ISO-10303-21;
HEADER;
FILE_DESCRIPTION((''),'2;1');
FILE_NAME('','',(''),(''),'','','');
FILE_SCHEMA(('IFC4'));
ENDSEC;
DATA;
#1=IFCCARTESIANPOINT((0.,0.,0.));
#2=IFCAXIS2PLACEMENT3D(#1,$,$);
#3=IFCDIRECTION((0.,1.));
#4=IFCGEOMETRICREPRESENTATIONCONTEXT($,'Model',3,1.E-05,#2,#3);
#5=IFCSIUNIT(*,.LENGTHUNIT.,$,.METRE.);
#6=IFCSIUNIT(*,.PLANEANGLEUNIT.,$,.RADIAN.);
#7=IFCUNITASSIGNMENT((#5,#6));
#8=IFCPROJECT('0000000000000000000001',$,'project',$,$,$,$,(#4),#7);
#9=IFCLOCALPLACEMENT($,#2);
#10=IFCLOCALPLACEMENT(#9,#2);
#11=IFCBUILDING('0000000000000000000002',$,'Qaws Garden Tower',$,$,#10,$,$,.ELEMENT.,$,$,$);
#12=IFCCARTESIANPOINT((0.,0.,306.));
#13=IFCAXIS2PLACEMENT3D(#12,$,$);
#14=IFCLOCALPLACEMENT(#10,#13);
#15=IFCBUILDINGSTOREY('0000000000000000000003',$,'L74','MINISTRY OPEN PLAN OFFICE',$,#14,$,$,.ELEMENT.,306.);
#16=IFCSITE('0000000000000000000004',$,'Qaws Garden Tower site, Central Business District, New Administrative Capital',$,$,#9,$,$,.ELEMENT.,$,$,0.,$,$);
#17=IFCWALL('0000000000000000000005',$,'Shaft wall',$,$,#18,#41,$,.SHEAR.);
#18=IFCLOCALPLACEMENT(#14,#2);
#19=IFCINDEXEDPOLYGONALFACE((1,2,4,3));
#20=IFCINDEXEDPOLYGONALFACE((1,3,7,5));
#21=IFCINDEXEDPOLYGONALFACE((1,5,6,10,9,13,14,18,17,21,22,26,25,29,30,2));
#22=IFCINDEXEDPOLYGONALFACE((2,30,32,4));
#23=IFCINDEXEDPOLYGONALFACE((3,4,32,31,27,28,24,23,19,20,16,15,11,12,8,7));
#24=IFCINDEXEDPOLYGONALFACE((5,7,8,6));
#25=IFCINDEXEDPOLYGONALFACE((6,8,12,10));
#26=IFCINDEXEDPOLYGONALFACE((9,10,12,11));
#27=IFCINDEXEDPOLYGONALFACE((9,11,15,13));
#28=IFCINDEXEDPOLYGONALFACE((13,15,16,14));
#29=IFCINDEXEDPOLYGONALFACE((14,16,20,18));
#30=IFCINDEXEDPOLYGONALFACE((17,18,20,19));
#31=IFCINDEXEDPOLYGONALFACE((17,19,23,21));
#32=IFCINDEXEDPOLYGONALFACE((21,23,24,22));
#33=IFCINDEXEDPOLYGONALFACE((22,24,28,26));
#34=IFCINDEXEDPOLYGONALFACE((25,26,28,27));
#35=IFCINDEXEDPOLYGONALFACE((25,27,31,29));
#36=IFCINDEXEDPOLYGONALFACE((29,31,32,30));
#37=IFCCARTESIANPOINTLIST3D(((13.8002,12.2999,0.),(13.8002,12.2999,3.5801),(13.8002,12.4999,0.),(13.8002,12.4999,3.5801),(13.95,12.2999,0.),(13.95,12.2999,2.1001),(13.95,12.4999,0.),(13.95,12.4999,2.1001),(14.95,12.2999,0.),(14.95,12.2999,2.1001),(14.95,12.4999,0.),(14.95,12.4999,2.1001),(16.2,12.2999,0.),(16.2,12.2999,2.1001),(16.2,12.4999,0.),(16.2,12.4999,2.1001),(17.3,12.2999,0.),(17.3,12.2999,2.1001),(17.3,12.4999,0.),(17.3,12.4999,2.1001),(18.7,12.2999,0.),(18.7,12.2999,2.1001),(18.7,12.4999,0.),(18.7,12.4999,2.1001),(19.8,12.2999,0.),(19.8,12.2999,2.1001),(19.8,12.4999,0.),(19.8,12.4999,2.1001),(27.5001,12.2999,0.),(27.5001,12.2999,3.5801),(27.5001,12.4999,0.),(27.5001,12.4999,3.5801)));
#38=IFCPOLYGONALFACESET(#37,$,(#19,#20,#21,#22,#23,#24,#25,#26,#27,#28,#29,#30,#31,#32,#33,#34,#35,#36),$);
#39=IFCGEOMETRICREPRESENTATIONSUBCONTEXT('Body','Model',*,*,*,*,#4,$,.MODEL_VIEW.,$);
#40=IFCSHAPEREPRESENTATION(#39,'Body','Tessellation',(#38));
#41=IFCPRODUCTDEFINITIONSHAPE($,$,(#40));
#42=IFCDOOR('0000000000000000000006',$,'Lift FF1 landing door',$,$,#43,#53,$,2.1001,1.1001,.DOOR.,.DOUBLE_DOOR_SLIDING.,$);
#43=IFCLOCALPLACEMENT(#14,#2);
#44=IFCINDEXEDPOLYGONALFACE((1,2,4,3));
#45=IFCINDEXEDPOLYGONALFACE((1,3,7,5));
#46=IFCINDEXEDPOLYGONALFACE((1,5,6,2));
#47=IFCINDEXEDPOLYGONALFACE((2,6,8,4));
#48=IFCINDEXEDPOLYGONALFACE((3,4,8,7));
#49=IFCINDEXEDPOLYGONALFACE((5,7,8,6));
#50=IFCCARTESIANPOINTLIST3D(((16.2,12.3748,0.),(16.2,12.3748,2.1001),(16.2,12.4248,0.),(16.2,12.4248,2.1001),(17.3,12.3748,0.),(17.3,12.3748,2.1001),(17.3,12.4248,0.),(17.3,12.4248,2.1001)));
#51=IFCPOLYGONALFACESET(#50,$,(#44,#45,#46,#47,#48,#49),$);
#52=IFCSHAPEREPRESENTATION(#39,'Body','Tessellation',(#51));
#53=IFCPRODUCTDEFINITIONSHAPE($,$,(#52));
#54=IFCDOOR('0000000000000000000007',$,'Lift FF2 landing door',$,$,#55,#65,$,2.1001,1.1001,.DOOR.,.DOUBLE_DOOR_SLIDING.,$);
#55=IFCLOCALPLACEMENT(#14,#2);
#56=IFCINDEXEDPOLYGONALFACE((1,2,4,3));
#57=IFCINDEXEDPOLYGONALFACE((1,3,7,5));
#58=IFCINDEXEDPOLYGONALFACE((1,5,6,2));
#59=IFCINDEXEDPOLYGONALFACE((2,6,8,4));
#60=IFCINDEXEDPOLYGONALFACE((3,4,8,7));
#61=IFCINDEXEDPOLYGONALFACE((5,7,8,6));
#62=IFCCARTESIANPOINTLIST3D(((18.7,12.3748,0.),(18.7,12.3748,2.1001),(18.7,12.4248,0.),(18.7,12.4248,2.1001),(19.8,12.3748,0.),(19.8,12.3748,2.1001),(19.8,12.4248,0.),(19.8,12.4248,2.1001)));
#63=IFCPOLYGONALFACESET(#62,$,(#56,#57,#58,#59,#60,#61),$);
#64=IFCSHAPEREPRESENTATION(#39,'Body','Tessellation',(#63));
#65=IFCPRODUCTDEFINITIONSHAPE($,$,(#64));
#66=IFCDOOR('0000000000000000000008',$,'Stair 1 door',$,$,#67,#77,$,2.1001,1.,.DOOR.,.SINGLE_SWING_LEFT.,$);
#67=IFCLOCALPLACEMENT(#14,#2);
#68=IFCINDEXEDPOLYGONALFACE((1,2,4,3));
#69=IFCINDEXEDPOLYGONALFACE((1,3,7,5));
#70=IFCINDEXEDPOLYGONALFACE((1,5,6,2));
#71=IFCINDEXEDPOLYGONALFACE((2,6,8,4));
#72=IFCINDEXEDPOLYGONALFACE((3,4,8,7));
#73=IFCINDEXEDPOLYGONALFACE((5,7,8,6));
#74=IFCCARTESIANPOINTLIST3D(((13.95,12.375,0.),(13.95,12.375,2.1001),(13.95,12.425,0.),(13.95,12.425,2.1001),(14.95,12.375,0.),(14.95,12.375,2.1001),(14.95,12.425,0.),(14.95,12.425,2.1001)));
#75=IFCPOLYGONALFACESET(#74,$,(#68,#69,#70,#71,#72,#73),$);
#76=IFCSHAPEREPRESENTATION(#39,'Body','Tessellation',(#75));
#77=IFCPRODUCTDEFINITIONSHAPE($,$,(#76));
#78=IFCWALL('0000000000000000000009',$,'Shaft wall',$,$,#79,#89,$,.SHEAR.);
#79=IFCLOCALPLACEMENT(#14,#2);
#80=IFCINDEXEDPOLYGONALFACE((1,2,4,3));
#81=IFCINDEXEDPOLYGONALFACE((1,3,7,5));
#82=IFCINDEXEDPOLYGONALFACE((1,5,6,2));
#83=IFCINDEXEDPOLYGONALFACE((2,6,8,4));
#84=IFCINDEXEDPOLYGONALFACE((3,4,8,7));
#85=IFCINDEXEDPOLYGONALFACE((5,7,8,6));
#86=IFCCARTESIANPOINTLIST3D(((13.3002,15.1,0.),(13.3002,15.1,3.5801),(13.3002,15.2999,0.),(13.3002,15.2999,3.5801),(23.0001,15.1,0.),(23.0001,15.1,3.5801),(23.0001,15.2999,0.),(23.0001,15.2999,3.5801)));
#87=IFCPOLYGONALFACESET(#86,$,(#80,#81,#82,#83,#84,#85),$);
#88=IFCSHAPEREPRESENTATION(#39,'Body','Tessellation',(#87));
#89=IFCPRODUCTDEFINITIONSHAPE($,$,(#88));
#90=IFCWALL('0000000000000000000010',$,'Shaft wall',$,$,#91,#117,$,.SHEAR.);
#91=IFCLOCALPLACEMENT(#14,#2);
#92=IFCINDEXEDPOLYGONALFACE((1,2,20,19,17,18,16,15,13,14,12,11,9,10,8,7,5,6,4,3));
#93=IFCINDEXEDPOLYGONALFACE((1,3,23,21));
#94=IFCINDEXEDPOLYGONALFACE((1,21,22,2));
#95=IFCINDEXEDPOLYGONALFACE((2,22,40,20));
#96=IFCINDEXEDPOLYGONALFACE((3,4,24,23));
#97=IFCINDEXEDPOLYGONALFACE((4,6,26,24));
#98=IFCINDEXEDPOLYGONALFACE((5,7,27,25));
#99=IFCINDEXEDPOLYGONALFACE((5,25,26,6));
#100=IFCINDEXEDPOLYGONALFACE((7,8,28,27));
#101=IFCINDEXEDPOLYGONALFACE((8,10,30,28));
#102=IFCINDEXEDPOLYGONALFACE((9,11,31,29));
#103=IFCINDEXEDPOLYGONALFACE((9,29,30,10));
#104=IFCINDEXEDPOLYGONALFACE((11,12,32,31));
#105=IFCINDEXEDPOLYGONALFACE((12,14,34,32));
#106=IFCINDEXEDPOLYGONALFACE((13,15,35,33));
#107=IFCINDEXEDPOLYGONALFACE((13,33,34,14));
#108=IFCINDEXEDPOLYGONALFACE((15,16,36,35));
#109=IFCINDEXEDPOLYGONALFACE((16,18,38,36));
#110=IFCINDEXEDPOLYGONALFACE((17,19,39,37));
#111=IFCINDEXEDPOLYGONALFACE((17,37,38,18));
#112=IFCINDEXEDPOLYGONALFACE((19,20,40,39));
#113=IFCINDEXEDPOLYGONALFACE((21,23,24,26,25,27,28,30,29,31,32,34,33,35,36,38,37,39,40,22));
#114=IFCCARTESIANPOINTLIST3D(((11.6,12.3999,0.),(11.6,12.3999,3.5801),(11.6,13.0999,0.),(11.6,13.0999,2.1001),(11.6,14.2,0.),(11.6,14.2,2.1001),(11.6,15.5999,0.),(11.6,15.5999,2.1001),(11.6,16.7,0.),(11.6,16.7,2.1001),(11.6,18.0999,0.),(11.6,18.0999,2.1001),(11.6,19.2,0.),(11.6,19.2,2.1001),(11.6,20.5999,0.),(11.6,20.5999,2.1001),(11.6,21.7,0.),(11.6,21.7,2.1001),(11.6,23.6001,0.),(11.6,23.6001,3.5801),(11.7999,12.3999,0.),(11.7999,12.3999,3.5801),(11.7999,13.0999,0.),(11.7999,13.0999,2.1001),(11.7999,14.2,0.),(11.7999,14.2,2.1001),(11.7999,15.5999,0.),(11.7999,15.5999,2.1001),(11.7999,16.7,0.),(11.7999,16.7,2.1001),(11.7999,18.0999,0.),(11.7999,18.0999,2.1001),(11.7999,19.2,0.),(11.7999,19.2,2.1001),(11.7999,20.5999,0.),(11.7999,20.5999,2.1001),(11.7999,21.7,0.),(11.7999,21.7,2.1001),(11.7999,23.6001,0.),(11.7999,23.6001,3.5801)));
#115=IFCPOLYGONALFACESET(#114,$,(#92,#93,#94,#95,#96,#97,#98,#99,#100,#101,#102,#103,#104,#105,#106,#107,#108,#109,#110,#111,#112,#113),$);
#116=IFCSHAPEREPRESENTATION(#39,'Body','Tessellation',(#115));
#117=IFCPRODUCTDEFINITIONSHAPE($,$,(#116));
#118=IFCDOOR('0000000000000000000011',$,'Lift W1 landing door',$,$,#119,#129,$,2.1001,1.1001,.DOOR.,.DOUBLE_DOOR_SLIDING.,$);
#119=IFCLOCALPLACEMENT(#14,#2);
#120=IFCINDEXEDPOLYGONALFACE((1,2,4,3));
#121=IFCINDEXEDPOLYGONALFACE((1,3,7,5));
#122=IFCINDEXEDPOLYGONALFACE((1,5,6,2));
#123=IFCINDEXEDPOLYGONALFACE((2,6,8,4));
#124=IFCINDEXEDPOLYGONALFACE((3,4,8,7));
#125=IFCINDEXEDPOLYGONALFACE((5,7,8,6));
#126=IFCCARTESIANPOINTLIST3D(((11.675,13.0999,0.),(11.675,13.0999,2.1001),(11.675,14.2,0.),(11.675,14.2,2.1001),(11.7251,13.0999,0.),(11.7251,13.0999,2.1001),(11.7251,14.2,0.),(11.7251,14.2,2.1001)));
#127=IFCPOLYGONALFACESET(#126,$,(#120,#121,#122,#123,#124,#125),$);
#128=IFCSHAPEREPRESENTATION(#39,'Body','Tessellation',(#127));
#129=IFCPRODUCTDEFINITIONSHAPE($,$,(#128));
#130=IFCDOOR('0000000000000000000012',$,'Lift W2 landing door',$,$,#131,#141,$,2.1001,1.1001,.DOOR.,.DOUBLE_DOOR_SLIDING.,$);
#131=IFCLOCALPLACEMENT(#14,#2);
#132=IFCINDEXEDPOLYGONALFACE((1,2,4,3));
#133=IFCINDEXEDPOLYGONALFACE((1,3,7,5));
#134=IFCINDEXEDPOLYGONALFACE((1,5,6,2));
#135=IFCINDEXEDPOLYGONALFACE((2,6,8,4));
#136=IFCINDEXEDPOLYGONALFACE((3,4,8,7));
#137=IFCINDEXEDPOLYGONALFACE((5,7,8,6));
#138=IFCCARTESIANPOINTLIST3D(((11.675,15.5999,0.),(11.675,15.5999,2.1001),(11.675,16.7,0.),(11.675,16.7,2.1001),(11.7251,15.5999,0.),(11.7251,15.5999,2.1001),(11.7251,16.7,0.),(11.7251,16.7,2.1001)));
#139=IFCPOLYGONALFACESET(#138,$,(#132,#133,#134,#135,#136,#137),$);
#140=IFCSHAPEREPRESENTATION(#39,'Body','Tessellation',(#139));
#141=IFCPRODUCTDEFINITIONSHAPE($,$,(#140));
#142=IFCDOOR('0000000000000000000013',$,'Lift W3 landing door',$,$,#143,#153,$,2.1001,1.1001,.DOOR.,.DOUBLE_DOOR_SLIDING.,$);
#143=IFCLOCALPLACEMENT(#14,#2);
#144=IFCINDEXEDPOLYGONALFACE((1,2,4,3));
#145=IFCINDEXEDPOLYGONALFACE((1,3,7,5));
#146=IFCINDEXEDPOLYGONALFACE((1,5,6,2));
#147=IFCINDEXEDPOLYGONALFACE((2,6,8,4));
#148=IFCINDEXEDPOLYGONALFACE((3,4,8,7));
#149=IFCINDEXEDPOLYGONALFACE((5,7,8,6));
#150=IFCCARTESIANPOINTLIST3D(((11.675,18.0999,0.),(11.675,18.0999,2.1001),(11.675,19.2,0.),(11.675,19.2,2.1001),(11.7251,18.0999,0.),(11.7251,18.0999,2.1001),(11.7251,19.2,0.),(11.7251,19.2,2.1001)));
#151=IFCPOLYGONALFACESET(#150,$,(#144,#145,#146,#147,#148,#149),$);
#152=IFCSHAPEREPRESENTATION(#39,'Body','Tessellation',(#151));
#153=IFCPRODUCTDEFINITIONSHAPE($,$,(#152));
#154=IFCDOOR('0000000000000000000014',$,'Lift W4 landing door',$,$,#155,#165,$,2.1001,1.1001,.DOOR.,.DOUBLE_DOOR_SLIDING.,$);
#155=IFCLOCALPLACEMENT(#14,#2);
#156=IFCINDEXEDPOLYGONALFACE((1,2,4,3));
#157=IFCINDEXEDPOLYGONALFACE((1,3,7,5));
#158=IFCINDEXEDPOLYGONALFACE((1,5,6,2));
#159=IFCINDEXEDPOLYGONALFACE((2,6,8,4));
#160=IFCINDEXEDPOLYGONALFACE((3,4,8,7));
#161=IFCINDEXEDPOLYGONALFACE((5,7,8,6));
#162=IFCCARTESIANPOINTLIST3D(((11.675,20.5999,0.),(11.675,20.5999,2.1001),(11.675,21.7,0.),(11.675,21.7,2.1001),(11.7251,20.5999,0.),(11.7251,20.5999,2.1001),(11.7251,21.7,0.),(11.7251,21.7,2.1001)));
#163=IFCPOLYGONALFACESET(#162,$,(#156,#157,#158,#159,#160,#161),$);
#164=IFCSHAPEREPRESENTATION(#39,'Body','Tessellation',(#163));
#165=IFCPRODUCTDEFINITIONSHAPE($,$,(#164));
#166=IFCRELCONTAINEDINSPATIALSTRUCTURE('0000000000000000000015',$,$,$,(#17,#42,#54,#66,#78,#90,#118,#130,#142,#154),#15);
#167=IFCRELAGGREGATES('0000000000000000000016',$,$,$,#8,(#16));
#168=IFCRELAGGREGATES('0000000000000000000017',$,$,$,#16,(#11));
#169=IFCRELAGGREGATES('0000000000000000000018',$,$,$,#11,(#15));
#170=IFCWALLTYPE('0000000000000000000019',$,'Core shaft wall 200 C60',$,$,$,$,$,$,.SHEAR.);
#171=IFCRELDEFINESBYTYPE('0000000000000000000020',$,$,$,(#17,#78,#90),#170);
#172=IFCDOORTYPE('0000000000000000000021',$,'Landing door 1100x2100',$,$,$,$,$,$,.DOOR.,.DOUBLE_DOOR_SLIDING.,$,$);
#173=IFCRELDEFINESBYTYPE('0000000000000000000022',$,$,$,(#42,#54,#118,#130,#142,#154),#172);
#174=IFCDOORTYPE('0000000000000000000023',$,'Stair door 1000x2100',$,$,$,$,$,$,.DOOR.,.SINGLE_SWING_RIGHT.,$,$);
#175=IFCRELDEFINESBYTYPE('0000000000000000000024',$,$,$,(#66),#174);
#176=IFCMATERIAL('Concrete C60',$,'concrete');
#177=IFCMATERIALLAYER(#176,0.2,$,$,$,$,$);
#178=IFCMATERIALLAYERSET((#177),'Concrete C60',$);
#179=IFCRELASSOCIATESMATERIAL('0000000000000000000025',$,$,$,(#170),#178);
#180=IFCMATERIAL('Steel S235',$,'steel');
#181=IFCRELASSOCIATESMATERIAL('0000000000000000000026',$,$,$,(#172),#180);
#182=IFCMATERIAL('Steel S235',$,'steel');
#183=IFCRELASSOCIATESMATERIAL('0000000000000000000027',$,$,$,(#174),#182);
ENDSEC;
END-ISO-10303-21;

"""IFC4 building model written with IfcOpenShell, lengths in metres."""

from ifc_helpers import new_model, si_unit, direction, frame, frame_2d, origin, place, context, subcontext, project, spatial, rectangle, extrude, material, layer, layer_set, type_object, element, fill, save


model = new_model("IFC4")

# Units and contexts
model_context = context("Model", 3, precision=1e-05, world=origin(), true_north=direction((0.0, 1.0)))
body_context = subcontext(model_context, "Body", "Model", "MODEL_VIEW")
ifc_project = project(units=[si_unit("LENGTHUNIT", "METRE"), si_unit("PLANEANGLEUNIT", "RADIAN")], contexts=[model_context])

# Site, building, storey
site_placement = place(None, origin())
site = spatial("IfcSite", under=ifc_project, at=site_placement, Name="Qaws Garden Tower site, Central Business District, New Administrative Capital", CompositionType="ELEMENT", RefElevation=0.0)
building_placement = place(site_placement, origin())
building = spatial("IfcBuilding", under=site, at=building_placement, Name="Qaws Garden Tower", CompositionType="ELEMENT")
storey_placement = place(building_placement, frame((0.0, 0.0, 306.0)))
storey = spatial("IfcBuildingStorey", under=building, at=storey_placement, Name="L74", Description="MINISTRY OPEN PLAN OFFICE", CompositionType="ELEMENT", Elevation=306.0)

# Wall, openings, doors
ifc_material_1 = material(Name="Concrete C60", Category="concrete")
ifc_layer_1 = layer(ifc_material_1, 0.2)
ifc_layer_set_1 = layer_set([ifc_layer_1], Name="Concrete C60")
wall_type_1 = type_object("IfcWallType", Name="Core shaft wall 200 C60", PredefinedType="SHEAR", material=ifc_layer_set_1)
wall_1_placement = place(storey_placement, frame((13.8, 12.3999, 0.0), z_axis=(0.0, 0.0, 1.0), x_axis=(1.0, 0.0, 0.0)))
wall_1 = element("IfcWall", 1, at=wall_1_placement, inside=storey, type_object=wall_type_1, Name="Shaft wall", PredefinedType="SHEAR", context=body_context, shape_type="SweptSolid", body=[
    extrude(rectangle(XDim=13.7, YDim=0.2, at=frame_2d((6.8501, 0.0))), origin(), (0.0, 0.0, 1.0), 3.5801),
])
opening_1_placement = place(wall_1_placement, frame((2.3999, 0.0, 0.0)))
opening_1 = element("IfcOpeningElement", 2, at=opening_1_placement, cuts=wall_1, PredefinedType="OPENING", context=body_context, shape_type="SweptSolid", body=[
    extrude(rectangle(XDim=1.1001, YDim=2.1001, at=frame_2d((0.55, 1.05))), frame((0.0, 0.1099, 0.0), z_axis=(0.0, -1.0, 0.0), x_axis=(1.0, 0.0, 0.0)), (0.0, 0.0, 1.0), 0.22),
])
opening_2_placement = place(wall_1_placement, frame((4.8999, 0.0, 0.0)))
opening_2 = element("IfcOpeningElement", 3, at=opening_2_placement, cuts=wall_1, PredefinedType="OPENING", context=body_context, shape_type="SweptSolid", body=[
    extrude(rectangle(XDim=1.1001, YDim=2.1001, at=frame_2d((0.55, 1.05))), frame((0.0, 0.1099, 0.0), z_axis=(0.0, -1.0, 0.0), x_axis=(1.0, 0.0, 0.0)), (0.0, 0.0, 1.0), 0.22),
])
opening_3_placement = place(wall_1_placement, frame((0.1499, 0.0, 0.0)))
opening_3 = element("IfcOpeningElement", 4, at=opening_3_placement, cuts=wall_1, PredefinedType="OPENING", context=body_context, shape_type="SweptSolid", body=[
    extrude(rectangle(XDim=1.0, YDim=2.1001, at=frame_2d((0.5, 1.05))), frame((0.0, 0.1099, 0.0), z_axis=(0.0, -1.0, 0.0), x_axis=(1.0, 0.0, 0.0)), (0.0, 0.0, 1.0), 0.22),
])
ifc_material_2 = material(Name="Steel S235", Category="steel")
door_type_1 = type_object("IfcDoorType", Name="Landing door 1100x2100", OperationType="DOUBLE_DOOR_SLIDING", PredefinedType="DOOR", material=ifc_material_2)
door_1_placement = place(opening_1_placement, origin())
door_1 = element("IfcDoor", 5, at=door_1_placement, inside=storey, type_object=door_type_1, Name="Lift FF1 landing door", OperationType="DOUBLE_DOOR_SLIDING", OverallHeight=2.1001, OverallWidth=1.1001, PredefinedType="DOOR", context=body_context, shape_type="SweptSolid", body=[
    extrude(rectangle(XDim=1.1001, YDim=2.1001, at=frame_2d((0.55, 1.05))), frame((0.0, 0.0249, 0.0), z_axis=(0.0, -1.0, 0.0), x_axis=(1.0, 0.0, 0.0)), (0.0, 0.0, 1.0), 0.05),
])
fill(opening_1, door_1)
door_2_placement = place(opening_2_placement, origin())
door_2 = element("IfcDoor", 6, at=door_2_placement, inside=storey, type_object=door_type_1, Name="Lift FF2 landing door", OperationType="DOUBLE_DOOR_SLIDING", OverallHeight=2.1001, OverallWidth=1.1001, PredefinedType="DOOR", context=body_context, shape_type="SweptSolid", body=[
    extrude(rectangle(XDim=1.1001, YDim=2.1001, at=frame_2d((0.55, 1.05))), frame((0.0, 0.0249, 0.0), z_axis=(0.0, -1.0, 0.0), x_axis=(1.0, 0.0, 0.0)), (0.0, 0.0, 1.0), 0.05),
])
fill(opening_2, door_2)
ifc_material_3 = material(Name="Steel S235", Category="steel")
door_type_2 = type_object("IfcDoorType", Name="Stair door 1000x2100", OperationType="SINGLE_SWING_RIGHT", PredefinedType="DOOR", material=ifc_material_3)
door_3_placement = place(opening_3_placement, frame((1.0, 0.0, 0.0), z_axis=(0.0, 0.0, 1.0), x_axis=(-1.0, 0.0, 0.0)))
door_3 = element("IfcDoor", 7, at=door_3_placement, inside=storey, type_object=door_type_2, Name="Stair 1 door", OperationType="SINGLE_SWING_LEFT", OverallHeight=2.1001, OverallWidth=1.0, PredefinedType="DOOR", context=body_context, shape_type="SweptSolid", body=[
    extrude(rectangle(XDim=1.0, YDim=2.1001, at=frame_2d((0.5, 1.05))), frame((0.0, 0.0249, 0.0), z_axis=(0.0, -1.0, 0.0), x_axis=(1.0, 0.0, 0.0)), (0.0, 0.0, 1.0), 0.05),
])
fill(opening_3, door_3)

# Wall
wall_2_placement = place(storey_placement, frame((13.3, 15.2, 0.0), z_axis=(0.0, 0.0, 1.0), x_axis=(1.0, 0.0, 0.0)))
element("IfcWall", 8, at=wall_2_placement, inside=storey, type_object=wall_type_1, Name="Shaft wall", PredefinedType="SHEAR", context=body_context, shape_type="SweptSolid", body=[
    extrude(rectangle(XDim=9.7, YDim=0.2, at=frame_2d((4.8501, 0.0))), origin(), (0.0, 0.0, 1.0), 3.5801),
])

# Wall, openings, doors
wall_3_placement = place(storey_placement, frame((11.7, 12.3999, 0.0), z_axis=(0.0, 0.0, 1.0), x_axis=(0.0, 1.0, 0.0)))
wall_3 = element("IfcWall", 9, at=wall_3_placement, inside=storey, type_object=wall_type_1, Name="Shaft wall", PredefinedType="SHEAR", context=body_context, shape_type="SweptSolid", body=[
    extrude(rectangle(XDim=11.2002, YDim=0.2, at=frame_2d((5.6001, 0.0))), origin(), (0.0, 0.0, 1.0), 3.5801),
])
opening_4_placement = place(wall_3_placement, frame((0.7, 0.0, 0.0)))
opening_4 = element("IfcOpeningElement", 10, at=opening_4_placement, cuts=wall_3, PredefinedType="OPENING", context=body_context, shape_type="SweptSolid", body=[
    extrude(rectangle(XDim=1.1001, YDim=2.1001, at=frame_2d((0.55, 1.05))), frame((0.0, 0.1099, 0.0), z_axis=(0.0, -1.0, 0.0), x_axis=(1.0, 0.0, 0.0)), (0.0, 0.0, 1.0), 0.22),
])
opening_5_placement = place(wall_3_placement, frame((3.2, 0.0, 0.0)))
opening_5 = element("IfcOpeningElement", 11, at=opening_5_placement, cuts=wall_3, PredefinedType="OPENING", context=body_context, shape_type="SweptSolid", body=[
    extrude(rectangle(XDim=1.1001, YDim=2.1001, at=frame_2d((0.55, 1.05))), frame((0.0, 0.1099, 0.0), z_axis=(0.0, -1.0, 0.0), x_axis=(1.0, 0.0, 0.0)), (0.0, 0.0, 1.0), 0.22),
])
opening_6_placement = place(wall_3_placement, frame((5.7, 0.0, 0.0)))
opening_6 = element("IfcOpeningElement", 12, at=opening_6_placement, cuts=wall_3, PredefinedType="OPENING", context=body_context, shape_type="SweptSolid", body=[
    extrude(rectangle(XDim=1.1001, YDim=2.1001, at=frame_2d((0.55, 1.05))), frame((0.0, 0.1099, 0.0), z_axis=(0.0, -1.0, 0.0), x_axis=(1.0, 0.0, 0.0)), (0.0, 0.0, 1.0), 0.22),
])
opening_7_placement = place(wall_3_placement, frame((8.2, 0.0, 0.0)))
opening_7 = element("IfcOpeningElement", 13, at=opening_7_placement, cuts=wall_3, PredefinedType="OPENING", context=body_context, shape_type="SweptSolid", body=[
    extrude(rectangle(XDim=1.1001, YDim=2.1001, at=frame_2d((0.55, 1.05))), frame((0.0, 0.1099, 0.0), z_axis=(0.0, -1.0, 0.0), x_axis=(1.0, 0.0, 0.0)), (0.0, 0.0, 1.0), 0.22),
])
door_4_placement = place(opening_4_placement, origin())
door_4 = element("IfcDoor", 14, at=door_4_placement, inside=storey, type_object=door_type_1, Name="Lift W1 landing door", OperationType="DOUBLE_DOOR_SLIDING", OverallHeight=2.1001, OverallWidth=1.1001, PredefinedType="DOOR", context=body_context, shape_type="SweptSolid", body=[
    extrude(rectangle(XDim=1.1001, YDim=2.1001, at=frame_2d((0.55, 1.05))), frame((0.0, 0.0249, 0.0), z_axis=(0.0, -1.0, 0.0), x_axis=(1.0, 0.0, 0.0)), (0.0, 0.0, 1.0), 0.05),
])
fill(opening_4, door_4)
door_5_placement = place(opening_5_placement, origin())
door_5 = element("IfcDoor", 15, at=door_5_placement, inside=storey, type_object=door_type_1, Name="Lift W2 landing door", OperationType="DOUBLE_DOOR_SLIDING", OverallHeight=2.1001, OverallWidth=1.1001, PredefinedType="DOOR", context=body_context, shape_type="SweptSolid", body=[
    extrude(rectangle(XDim=1.1001, YDim=2.1001, at=frame_2d((0.55, 1.05))), frame((0.0, 0.0249, 0.0), z_axis=(0.0, -1.0, 0.0), x_axis=(1.0, 0.0, 0.0)), (0.0, 0.0, 1.0), 0.05),
])
fill(opening_5, door_5)
door_6_placement = place(opening_6_placement, origin())
door_6 = element("IfcDoor", 16, at=door_6_placement, inside=storey, type_object=door_type_1, Name="Lift W3 landing door", OperationType="DOUBLE_DOOR_SLIDING", OverallHeight=2.1001, OverallWidth=1.1001, PredefinedType="DOOR", context=body_context, shape_type="SweptSolid", body=[
    extrude(rectangle(XDim=1.1001, YDim=2.1001, at=frame_2d((0.55, 1.05))), frame((0.0, 0.0249, 0.0), z_axis=(0.0, -1.0, 0.0), x_axis=(1.0, 0.0, 0.0)), (0.0, 0.0, 1.0), 0.05),
])
fill(opening_6, door_6)
door_7_placement = place(opening_7_placement, origin())
door_7 = element("IfcDoor", 17, at=door_7_placement, inside=storey, type_object=door_type_1, Name="Lift W4 landing door", OperationType="DOUBLE_DOOR_SLIDING", OverallHeight=2.1001, OverallWidth=1.1001, PredefinedType="DOOR", context=body_context, shape_type="SweptSolid", body=[
    extrude(rectangle(XDim=1.1001, YDim=2.1001, at=frame_2d((0.55, 1.05))), frame((0.0, 0.0249, 0.0), z_axis=(0.0, -1.0, 0.0), x_axis=(1.0, 0.0, 0.0)), (0.0, 0.0, 1.0), 0.05),
])
fill(opening_7, door_7)

save(model, "model.ifc")
